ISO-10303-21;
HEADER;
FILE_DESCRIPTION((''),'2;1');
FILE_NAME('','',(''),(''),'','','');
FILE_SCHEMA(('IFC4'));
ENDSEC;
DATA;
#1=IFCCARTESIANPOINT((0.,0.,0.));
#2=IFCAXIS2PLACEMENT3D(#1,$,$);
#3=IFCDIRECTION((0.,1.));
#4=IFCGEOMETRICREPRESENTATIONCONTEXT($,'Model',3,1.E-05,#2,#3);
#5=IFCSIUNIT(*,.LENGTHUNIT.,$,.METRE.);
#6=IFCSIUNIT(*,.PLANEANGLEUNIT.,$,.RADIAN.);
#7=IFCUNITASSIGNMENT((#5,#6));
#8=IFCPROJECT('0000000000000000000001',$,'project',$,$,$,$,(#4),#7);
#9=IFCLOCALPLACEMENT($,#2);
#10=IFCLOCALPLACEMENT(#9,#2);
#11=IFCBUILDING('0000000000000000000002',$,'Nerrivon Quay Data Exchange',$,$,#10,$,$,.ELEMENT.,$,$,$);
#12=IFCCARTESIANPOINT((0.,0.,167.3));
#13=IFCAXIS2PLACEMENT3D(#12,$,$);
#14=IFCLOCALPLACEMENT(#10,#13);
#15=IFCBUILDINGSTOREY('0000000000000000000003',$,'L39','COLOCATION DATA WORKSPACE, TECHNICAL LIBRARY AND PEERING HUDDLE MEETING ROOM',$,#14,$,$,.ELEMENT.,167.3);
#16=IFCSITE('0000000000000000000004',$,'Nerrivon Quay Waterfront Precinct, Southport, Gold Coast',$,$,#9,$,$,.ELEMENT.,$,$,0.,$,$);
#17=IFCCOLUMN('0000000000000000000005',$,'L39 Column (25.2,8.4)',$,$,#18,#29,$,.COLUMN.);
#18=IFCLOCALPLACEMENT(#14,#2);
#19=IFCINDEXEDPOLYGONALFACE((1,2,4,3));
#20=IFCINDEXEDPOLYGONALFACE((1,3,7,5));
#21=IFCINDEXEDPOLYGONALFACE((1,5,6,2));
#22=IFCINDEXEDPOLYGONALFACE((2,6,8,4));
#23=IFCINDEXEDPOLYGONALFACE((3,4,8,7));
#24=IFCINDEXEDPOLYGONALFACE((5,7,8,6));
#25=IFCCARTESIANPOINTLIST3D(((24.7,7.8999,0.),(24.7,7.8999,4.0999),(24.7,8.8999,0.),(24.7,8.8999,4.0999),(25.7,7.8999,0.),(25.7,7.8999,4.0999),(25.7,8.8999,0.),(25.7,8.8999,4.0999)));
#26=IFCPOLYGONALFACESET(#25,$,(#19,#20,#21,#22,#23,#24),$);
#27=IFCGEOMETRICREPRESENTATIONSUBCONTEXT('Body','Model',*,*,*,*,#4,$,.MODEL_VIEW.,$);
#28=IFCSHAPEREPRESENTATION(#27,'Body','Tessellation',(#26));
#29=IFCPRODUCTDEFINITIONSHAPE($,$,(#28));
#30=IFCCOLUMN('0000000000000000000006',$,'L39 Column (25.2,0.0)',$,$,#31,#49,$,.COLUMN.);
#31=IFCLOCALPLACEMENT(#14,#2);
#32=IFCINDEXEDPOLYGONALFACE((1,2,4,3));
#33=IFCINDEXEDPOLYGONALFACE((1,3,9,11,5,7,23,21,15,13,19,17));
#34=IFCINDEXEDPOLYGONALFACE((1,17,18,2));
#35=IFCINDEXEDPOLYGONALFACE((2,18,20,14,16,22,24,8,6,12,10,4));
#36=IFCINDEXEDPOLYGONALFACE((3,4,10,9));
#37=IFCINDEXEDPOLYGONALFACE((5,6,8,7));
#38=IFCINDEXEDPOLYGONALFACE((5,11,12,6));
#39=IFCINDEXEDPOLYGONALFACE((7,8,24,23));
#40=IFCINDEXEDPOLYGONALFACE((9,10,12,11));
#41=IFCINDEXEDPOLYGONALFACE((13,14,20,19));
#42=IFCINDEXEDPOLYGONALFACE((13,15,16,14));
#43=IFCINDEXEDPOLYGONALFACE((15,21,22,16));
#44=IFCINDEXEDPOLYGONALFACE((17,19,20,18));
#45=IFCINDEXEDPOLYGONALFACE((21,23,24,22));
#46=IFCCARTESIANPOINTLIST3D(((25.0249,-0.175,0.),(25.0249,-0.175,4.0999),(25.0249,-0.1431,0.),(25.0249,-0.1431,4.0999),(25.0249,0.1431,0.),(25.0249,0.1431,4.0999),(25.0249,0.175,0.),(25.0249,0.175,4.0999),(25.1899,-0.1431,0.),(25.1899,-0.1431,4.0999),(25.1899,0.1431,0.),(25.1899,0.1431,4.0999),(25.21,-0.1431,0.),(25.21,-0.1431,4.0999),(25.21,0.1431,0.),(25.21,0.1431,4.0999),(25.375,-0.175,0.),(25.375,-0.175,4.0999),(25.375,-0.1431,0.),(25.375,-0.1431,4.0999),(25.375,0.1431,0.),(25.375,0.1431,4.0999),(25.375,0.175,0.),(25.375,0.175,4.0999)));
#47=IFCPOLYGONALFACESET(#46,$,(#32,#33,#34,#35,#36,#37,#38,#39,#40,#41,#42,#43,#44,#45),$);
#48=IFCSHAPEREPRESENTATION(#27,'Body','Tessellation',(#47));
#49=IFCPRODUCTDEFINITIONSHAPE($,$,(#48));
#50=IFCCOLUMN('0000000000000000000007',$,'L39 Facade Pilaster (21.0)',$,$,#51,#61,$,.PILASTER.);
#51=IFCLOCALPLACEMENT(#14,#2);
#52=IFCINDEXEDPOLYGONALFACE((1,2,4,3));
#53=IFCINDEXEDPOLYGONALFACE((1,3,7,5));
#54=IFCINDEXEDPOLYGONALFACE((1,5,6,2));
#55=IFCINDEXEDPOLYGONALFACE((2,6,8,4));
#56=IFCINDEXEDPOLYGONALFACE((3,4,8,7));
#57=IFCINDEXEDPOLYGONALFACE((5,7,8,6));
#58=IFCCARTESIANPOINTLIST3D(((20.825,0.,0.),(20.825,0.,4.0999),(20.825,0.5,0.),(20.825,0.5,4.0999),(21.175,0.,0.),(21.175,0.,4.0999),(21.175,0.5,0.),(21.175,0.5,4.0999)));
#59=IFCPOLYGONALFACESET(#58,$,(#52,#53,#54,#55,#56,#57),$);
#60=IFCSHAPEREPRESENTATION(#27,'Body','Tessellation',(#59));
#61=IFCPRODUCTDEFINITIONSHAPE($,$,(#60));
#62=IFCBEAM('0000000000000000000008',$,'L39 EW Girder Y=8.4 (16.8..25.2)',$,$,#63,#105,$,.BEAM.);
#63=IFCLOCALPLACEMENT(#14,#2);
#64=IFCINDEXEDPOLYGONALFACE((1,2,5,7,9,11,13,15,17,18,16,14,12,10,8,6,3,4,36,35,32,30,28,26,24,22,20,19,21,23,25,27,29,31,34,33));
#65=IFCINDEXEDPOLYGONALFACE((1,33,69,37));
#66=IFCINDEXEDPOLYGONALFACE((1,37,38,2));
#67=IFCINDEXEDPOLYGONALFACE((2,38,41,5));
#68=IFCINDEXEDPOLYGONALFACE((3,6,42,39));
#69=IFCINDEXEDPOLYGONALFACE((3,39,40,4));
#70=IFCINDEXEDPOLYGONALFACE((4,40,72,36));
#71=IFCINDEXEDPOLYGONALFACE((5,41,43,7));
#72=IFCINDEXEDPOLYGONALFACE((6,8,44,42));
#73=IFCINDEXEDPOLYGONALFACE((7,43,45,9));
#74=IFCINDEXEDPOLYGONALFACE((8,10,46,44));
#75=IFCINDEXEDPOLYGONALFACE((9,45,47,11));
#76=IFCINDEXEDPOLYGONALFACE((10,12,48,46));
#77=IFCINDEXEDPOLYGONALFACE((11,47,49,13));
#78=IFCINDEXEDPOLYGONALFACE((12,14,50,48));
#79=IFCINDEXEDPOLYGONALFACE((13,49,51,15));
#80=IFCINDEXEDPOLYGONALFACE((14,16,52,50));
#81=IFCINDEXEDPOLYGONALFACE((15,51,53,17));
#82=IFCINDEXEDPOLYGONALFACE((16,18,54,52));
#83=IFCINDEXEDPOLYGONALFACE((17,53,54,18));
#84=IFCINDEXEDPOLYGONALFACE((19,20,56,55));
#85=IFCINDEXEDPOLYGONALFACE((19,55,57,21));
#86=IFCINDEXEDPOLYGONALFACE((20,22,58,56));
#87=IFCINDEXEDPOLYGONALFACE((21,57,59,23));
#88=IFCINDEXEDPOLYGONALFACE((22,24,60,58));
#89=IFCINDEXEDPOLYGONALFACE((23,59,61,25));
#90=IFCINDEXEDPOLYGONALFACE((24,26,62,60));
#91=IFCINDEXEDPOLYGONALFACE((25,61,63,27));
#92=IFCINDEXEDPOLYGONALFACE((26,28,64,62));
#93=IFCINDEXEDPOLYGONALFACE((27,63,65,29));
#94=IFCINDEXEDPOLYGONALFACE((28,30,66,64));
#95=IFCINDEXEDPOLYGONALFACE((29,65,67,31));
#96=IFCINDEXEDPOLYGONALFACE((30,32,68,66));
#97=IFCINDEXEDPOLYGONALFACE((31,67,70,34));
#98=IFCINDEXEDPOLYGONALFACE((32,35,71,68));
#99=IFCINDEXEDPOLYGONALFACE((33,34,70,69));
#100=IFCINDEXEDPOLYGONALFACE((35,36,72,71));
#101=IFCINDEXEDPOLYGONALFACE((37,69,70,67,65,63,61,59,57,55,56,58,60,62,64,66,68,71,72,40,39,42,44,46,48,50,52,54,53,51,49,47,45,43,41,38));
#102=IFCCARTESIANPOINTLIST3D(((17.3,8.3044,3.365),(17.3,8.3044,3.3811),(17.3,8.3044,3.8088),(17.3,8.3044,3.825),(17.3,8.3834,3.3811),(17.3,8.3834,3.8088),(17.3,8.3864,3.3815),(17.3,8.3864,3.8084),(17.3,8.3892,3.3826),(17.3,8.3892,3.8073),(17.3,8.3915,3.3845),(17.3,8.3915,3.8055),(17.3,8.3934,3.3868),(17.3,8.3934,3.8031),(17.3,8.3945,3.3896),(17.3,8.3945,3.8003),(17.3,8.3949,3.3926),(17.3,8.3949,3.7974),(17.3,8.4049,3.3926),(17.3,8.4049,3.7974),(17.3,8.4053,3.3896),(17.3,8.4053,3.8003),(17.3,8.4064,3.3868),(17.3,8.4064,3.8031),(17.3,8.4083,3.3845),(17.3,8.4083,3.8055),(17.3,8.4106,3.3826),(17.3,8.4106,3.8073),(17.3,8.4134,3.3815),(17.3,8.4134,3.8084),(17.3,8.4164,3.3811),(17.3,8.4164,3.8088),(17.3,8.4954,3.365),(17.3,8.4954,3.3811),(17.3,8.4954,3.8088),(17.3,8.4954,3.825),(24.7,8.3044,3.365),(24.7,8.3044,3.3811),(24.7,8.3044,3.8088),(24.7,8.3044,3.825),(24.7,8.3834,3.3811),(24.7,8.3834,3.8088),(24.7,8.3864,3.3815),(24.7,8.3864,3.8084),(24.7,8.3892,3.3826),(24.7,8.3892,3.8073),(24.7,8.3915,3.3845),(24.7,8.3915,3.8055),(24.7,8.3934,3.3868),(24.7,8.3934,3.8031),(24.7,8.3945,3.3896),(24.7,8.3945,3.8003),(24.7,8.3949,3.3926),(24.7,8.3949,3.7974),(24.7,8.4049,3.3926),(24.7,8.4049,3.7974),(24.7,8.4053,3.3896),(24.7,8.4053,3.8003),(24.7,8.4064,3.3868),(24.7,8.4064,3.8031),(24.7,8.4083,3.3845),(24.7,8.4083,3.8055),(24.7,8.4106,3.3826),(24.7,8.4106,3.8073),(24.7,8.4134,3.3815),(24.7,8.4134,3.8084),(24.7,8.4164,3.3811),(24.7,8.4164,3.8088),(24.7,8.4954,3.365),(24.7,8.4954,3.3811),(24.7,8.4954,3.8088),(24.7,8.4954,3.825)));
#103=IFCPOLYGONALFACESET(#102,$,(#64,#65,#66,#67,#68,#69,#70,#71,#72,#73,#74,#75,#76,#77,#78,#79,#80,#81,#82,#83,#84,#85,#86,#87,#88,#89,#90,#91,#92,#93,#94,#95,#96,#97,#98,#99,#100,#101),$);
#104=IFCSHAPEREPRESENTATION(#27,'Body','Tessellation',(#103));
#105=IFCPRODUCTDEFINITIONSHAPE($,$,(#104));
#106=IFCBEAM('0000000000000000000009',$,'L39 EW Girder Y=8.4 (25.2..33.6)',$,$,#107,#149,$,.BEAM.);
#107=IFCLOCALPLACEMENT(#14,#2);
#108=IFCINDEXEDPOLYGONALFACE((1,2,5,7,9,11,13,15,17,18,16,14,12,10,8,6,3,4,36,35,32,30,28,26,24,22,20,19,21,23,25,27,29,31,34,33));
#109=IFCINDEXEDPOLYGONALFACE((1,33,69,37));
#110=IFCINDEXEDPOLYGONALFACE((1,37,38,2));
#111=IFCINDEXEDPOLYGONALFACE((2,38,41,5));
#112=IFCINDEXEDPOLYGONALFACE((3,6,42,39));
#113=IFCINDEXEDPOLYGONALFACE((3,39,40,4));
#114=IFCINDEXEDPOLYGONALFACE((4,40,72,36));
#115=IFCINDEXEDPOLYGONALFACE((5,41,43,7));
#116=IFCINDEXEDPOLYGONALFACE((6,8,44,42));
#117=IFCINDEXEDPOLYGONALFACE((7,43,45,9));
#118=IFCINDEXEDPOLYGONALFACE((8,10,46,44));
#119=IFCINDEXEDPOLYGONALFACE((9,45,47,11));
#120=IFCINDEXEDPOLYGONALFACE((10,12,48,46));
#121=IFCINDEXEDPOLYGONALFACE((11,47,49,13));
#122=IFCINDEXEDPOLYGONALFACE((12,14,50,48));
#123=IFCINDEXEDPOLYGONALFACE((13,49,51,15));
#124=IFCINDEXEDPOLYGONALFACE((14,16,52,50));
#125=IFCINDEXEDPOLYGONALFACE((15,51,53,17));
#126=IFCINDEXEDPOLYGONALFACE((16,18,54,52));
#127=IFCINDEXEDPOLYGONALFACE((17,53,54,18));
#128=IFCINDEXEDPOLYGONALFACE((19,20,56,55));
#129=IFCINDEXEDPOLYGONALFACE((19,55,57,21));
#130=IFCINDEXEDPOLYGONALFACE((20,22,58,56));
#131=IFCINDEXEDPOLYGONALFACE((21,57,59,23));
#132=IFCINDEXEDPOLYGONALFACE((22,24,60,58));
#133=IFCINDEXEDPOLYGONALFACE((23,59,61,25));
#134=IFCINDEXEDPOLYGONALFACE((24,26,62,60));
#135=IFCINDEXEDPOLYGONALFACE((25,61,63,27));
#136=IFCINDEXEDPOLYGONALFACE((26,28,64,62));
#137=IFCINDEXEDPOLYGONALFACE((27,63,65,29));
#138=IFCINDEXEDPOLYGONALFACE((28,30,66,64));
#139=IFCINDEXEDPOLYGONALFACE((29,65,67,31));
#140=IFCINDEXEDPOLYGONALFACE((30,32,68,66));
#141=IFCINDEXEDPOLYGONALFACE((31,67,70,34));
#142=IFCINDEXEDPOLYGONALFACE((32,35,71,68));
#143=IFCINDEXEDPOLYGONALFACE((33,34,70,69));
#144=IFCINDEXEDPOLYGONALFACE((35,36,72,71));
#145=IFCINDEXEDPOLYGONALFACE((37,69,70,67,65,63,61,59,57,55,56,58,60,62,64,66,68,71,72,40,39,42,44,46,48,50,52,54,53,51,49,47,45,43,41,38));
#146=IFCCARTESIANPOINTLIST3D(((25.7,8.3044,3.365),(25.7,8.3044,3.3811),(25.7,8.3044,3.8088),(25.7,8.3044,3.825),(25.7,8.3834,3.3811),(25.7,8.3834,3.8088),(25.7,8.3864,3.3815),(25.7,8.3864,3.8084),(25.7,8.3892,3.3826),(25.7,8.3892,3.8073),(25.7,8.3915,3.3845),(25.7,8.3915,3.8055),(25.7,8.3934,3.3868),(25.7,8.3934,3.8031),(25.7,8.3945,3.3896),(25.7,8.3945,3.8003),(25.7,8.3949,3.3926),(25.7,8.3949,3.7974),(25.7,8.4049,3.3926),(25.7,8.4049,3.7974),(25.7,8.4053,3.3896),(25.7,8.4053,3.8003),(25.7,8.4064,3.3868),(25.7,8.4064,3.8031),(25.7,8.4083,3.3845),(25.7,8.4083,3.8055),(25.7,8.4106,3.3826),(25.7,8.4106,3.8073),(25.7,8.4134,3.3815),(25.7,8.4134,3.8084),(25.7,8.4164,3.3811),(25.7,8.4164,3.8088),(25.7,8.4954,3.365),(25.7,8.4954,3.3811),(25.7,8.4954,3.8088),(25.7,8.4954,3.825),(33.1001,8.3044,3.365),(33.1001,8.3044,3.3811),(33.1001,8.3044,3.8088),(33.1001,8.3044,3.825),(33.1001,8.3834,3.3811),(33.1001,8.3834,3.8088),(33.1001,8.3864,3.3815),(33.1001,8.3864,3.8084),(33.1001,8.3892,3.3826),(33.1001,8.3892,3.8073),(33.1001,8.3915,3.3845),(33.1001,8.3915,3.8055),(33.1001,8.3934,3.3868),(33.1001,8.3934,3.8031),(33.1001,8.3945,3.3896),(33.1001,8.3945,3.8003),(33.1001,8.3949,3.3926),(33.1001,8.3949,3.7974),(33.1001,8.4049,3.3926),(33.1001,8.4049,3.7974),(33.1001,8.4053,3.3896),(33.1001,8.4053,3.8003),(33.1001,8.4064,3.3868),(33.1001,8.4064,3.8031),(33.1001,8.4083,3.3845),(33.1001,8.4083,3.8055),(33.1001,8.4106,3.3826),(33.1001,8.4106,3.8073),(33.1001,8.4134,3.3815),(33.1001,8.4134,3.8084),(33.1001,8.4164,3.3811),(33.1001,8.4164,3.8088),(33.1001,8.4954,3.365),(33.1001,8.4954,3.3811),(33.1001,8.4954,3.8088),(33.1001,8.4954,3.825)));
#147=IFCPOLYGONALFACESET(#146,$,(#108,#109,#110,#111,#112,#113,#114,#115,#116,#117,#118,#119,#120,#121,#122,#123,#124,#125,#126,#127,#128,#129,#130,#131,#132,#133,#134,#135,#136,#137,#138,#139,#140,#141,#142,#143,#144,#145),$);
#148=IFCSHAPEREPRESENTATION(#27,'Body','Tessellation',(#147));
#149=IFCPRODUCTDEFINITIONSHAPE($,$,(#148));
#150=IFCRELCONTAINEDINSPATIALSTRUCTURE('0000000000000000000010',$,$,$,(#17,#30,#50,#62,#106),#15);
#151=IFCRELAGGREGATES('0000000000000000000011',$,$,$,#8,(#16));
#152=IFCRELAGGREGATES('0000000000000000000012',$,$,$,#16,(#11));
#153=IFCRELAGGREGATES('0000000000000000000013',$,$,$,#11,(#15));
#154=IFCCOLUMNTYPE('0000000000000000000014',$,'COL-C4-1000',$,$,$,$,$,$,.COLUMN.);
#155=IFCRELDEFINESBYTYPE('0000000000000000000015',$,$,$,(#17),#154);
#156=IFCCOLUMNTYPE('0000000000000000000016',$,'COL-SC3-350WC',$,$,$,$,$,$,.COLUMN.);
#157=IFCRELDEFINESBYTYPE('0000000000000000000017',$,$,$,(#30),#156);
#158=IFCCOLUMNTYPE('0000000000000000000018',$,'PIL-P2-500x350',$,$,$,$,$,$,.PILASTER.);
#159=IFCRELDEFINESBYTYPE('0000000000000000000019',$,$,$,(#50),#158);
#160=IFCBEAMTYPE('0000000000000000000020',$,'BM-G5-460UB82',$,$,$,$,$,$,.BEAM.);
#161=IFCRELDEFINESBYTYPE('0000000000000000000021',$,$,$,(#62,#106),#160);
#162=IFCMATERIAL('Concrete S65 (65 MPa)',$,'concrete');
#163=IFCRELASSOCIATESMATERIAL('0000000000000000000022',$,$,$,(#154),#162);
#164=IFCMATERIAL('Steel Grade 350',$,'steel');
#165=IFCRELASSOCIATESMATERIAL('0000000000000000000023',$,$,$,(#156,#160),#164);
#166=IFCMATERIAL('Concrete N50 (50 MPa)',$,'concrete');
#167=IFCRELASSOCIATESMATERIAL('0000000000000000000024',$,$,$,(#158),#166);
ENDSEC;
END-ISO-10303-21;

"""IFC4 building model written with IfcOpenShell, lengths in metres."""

from ifc_helpers import new_model, si_unit, direction, frame, origin, origin_2d, place, context, subcontext, project, spatial, rectangle, i_section, extrude, material, material_profile, profile_set, type_object, element, save


model = new_model("IFC4")

# Units and contexts
model_context = context("Model", 3, precision=1e-05, world=origin(), true_north=direction((0.0, 1.0)))
body_context = subcontext(model_context, "Body", "Model", "MODEL_VIEW")
ifc_project = project(units=[si_unit("LENGTHUNIT", "METRE"), si_unit("PLANEANGLEUNIT", "RADIAN")], contexts=[model_context])

# Site, building, storey
site_placement = place(None, origin())
site = spatial("IfcSite", under=ifc_project, at=site_placement, Name="Nerrivon Quay Waterfront Precinct, Southport, Gold Coast", CompositionType="ELEMENT", RefElevation=0.0)
building_placement = place(site_placement, origin())
building = spatial("IfcBuilding", under=site, at=building_placement, Name="Nerrivon Quay Data Exchange", CompositionType="ELEMENT")
storey_placement = place(building_placement, frame((0.0, 0.0, 167.3)))
storey = spatial("IfcBuildingStorey", under=building, at=storey_placement, Name="L39", Description="COLOCATION DATA WORKSPACE, TECHNICAL LIBRARY AND PEERING HUDDLE MEETING ROOM", CompositionType="ELEMENT", Elevation=167.3)

# Columns
ifc_material_1 = material(Name="Concrete S65 (65 MPa)", Category="concrete")
ifc_material_profile_1 = material_profile(ifc_material_1, rectangle(XDim=1.0, YDim=1.0, at=origin_2d()), Name="RC-COL-1000x1000")
ifc_profile_set_1 = profile_set([ifc_material_profile_1], Name="Concrete S65 (65 MPa)")
column_type_1 = type_object("IfcColumnType", Name="COL-C4-1000", PredefinedType="COLUMN", material=ifc_profile_set_1)
column_1_placement = place(storey_placement, frame((25.2, 8.3999, 0.0), z_axis=(0.0, 0.0, 1.0), x_axis=(1.0, 0.0, 0.0)))
element("IfcColumn", 1, at=column_1_placement, inside=storey, type_object=column_type_1, Name="L39 Column (25.2,8.4)", PredefinedType="COLUMN", context=body_context, shape_type="SweptSolid", body=[
    extrude(rectangle(XDim=1.0, YDim=1.0, at=origin_2d()), origin(), (0.0, 0.0, 1.0), 4.0999),
])
ifc_material_2 = material(Name="Steel Grade 350", Category="steel")
ifc_material_profile_2 = material_profile(ifc_material_2, i_section(OverallWidth=0.3501, OverallDepth=0.3501, WebThickness=0.02, FlangeThickness=0.032, at=origin_2d()), Name="350WC230")
ifc_profile_set_2 = profile_set([ifc_material_profile_2], Name="Steel Grade 350")
column_type_2 = type_object("IfcColumnType", Name="COL-SC3-350WC", PredefinedType="COLUMN", material=ifc_profile_set_2)
column_2_placement = place(storey_placement, frame((25.2, 0.0, 0.0), z_axis=(0.0, 0.0, 1.0), x_axis=(1.0, 0.0, 0.0)))
element("IfcColumn", 2, at=column_2_placement, inside=storey, type_object=column_type_2, Name="L39 Column (25.2,0.0)", PredefinedType="COLUMN", context=body_context, shape_type="SweptSolid", body=[
    extrude(i_section(OverallWidth=0.3501, OverallDepth=0.3501, WebThickness=0.02, FlangeThickness=0.032, at=origin_2d()), origin(), (0.0, 0.0, 1.0), 4.0999),
])
ifc_material_3 = material(Name="Concrete N50 (50 MPa)", Category="concrete")
ifc_material_profile_3 = material_profile(ifc_material_3, rectangle(XDim=0.3501, YDim=0.5, at=origin_2d()), Name="RC-PIL-500x350")
ifc_profile_set_3 = profile_set([ifc_material_profile_3], Name="Concrete N50 (50 MPa)")
column_type_3 = type_object("IfcColumnType", Name="PIL-P2-500x350", PredefinedType="PILASTER", material=ifc_profile_set_3)
column_3_placement = place(storey_placement, frame((21.0, 0.25, 0.0), z_axis=(0.0, 0.0, 1.0), x_axis=(1.0, 0.0, 0.0)))
element("IfcColumn", 3, at=column_3_placement, inside=storey, type_object=column_type_3, Name="L39 Facade Pilaster (21.0)", PredefinedType="PILASTER", context=body_context, shape_type="SweptSolid", body=[
    extrude(rectangle(XDim=0.3501, YDim=0.5, at=origin_2d()), origin(), (0.0, 0.0, 1.0), 4.0999),
])

# Beams
ifc_material_profile_4 = material_profile(ifc_material_2, i_section(OverallWidth=0.1909, OverallDepth=0.46, WebThickness=0.01, FlangeThickness=0.0161, FilletRadius=0.0115, at=origin_2d()), Name="460UB82.1")
ifc_profile_set_4 = profile_set([ifc_material_profile_4], Name="Steel Grade 350")
beam_type_1 = type_object("IfcBeamType", Name="BM-G5-460UB82", PredefinedType="BEAM", material=ifc_profile_set_4)
beam_1_placement = place(storey_placement, frame((17.3, 8.3999, 3.595), z_axis=(1.0, 0.0, 0.0), x_axis=(0.0, 1.0, 0.0)))
element("IfcBeam", 4, at=beam_1_placement, inside=storey, type_object=beam_type_1, Name="L39 EW Girder Y=8.4 (16.8..25.2)", PredefinedType="BEAM", context=body_context, shape_type="SweptSolid", body=[
    extrude(i_section(OverallWidth=0.1909, OverallDepth=0.46, WebThickness=0.01, FlangeThickness=0.0161, FilletRadius=0.0115, at=origin_2d()), origin(), (0.0, 0.0, 1.0), 7.3999),
])
beam_2_placement = place(storey_placement, frame((25.7, 8.3999, 3.595), z_axis=(1.0, 0.0, 0.0), x_axis=(0.0, 1.0, 0.0)))
element("IfcBeam", 5, at=beam_2_placement, inside=storey, type_object=beam_type_1, Name="L39 EW Girder Y=8.4 (25.2..33.6)", PredefinedType="BEAM", context=body_context, shape_type="SweptSolid", body=[
    extrude(i_section(OverallWidth=0.1909, OverallDepth=0.46, WebThickness=0.01, FlangeThickness=0.0161, FilletRadius=0.0115, at=origin_2d()), origin(), (0.0, 0.0, 1.0), 7.4001),
])

save(model, "model.ifc")
